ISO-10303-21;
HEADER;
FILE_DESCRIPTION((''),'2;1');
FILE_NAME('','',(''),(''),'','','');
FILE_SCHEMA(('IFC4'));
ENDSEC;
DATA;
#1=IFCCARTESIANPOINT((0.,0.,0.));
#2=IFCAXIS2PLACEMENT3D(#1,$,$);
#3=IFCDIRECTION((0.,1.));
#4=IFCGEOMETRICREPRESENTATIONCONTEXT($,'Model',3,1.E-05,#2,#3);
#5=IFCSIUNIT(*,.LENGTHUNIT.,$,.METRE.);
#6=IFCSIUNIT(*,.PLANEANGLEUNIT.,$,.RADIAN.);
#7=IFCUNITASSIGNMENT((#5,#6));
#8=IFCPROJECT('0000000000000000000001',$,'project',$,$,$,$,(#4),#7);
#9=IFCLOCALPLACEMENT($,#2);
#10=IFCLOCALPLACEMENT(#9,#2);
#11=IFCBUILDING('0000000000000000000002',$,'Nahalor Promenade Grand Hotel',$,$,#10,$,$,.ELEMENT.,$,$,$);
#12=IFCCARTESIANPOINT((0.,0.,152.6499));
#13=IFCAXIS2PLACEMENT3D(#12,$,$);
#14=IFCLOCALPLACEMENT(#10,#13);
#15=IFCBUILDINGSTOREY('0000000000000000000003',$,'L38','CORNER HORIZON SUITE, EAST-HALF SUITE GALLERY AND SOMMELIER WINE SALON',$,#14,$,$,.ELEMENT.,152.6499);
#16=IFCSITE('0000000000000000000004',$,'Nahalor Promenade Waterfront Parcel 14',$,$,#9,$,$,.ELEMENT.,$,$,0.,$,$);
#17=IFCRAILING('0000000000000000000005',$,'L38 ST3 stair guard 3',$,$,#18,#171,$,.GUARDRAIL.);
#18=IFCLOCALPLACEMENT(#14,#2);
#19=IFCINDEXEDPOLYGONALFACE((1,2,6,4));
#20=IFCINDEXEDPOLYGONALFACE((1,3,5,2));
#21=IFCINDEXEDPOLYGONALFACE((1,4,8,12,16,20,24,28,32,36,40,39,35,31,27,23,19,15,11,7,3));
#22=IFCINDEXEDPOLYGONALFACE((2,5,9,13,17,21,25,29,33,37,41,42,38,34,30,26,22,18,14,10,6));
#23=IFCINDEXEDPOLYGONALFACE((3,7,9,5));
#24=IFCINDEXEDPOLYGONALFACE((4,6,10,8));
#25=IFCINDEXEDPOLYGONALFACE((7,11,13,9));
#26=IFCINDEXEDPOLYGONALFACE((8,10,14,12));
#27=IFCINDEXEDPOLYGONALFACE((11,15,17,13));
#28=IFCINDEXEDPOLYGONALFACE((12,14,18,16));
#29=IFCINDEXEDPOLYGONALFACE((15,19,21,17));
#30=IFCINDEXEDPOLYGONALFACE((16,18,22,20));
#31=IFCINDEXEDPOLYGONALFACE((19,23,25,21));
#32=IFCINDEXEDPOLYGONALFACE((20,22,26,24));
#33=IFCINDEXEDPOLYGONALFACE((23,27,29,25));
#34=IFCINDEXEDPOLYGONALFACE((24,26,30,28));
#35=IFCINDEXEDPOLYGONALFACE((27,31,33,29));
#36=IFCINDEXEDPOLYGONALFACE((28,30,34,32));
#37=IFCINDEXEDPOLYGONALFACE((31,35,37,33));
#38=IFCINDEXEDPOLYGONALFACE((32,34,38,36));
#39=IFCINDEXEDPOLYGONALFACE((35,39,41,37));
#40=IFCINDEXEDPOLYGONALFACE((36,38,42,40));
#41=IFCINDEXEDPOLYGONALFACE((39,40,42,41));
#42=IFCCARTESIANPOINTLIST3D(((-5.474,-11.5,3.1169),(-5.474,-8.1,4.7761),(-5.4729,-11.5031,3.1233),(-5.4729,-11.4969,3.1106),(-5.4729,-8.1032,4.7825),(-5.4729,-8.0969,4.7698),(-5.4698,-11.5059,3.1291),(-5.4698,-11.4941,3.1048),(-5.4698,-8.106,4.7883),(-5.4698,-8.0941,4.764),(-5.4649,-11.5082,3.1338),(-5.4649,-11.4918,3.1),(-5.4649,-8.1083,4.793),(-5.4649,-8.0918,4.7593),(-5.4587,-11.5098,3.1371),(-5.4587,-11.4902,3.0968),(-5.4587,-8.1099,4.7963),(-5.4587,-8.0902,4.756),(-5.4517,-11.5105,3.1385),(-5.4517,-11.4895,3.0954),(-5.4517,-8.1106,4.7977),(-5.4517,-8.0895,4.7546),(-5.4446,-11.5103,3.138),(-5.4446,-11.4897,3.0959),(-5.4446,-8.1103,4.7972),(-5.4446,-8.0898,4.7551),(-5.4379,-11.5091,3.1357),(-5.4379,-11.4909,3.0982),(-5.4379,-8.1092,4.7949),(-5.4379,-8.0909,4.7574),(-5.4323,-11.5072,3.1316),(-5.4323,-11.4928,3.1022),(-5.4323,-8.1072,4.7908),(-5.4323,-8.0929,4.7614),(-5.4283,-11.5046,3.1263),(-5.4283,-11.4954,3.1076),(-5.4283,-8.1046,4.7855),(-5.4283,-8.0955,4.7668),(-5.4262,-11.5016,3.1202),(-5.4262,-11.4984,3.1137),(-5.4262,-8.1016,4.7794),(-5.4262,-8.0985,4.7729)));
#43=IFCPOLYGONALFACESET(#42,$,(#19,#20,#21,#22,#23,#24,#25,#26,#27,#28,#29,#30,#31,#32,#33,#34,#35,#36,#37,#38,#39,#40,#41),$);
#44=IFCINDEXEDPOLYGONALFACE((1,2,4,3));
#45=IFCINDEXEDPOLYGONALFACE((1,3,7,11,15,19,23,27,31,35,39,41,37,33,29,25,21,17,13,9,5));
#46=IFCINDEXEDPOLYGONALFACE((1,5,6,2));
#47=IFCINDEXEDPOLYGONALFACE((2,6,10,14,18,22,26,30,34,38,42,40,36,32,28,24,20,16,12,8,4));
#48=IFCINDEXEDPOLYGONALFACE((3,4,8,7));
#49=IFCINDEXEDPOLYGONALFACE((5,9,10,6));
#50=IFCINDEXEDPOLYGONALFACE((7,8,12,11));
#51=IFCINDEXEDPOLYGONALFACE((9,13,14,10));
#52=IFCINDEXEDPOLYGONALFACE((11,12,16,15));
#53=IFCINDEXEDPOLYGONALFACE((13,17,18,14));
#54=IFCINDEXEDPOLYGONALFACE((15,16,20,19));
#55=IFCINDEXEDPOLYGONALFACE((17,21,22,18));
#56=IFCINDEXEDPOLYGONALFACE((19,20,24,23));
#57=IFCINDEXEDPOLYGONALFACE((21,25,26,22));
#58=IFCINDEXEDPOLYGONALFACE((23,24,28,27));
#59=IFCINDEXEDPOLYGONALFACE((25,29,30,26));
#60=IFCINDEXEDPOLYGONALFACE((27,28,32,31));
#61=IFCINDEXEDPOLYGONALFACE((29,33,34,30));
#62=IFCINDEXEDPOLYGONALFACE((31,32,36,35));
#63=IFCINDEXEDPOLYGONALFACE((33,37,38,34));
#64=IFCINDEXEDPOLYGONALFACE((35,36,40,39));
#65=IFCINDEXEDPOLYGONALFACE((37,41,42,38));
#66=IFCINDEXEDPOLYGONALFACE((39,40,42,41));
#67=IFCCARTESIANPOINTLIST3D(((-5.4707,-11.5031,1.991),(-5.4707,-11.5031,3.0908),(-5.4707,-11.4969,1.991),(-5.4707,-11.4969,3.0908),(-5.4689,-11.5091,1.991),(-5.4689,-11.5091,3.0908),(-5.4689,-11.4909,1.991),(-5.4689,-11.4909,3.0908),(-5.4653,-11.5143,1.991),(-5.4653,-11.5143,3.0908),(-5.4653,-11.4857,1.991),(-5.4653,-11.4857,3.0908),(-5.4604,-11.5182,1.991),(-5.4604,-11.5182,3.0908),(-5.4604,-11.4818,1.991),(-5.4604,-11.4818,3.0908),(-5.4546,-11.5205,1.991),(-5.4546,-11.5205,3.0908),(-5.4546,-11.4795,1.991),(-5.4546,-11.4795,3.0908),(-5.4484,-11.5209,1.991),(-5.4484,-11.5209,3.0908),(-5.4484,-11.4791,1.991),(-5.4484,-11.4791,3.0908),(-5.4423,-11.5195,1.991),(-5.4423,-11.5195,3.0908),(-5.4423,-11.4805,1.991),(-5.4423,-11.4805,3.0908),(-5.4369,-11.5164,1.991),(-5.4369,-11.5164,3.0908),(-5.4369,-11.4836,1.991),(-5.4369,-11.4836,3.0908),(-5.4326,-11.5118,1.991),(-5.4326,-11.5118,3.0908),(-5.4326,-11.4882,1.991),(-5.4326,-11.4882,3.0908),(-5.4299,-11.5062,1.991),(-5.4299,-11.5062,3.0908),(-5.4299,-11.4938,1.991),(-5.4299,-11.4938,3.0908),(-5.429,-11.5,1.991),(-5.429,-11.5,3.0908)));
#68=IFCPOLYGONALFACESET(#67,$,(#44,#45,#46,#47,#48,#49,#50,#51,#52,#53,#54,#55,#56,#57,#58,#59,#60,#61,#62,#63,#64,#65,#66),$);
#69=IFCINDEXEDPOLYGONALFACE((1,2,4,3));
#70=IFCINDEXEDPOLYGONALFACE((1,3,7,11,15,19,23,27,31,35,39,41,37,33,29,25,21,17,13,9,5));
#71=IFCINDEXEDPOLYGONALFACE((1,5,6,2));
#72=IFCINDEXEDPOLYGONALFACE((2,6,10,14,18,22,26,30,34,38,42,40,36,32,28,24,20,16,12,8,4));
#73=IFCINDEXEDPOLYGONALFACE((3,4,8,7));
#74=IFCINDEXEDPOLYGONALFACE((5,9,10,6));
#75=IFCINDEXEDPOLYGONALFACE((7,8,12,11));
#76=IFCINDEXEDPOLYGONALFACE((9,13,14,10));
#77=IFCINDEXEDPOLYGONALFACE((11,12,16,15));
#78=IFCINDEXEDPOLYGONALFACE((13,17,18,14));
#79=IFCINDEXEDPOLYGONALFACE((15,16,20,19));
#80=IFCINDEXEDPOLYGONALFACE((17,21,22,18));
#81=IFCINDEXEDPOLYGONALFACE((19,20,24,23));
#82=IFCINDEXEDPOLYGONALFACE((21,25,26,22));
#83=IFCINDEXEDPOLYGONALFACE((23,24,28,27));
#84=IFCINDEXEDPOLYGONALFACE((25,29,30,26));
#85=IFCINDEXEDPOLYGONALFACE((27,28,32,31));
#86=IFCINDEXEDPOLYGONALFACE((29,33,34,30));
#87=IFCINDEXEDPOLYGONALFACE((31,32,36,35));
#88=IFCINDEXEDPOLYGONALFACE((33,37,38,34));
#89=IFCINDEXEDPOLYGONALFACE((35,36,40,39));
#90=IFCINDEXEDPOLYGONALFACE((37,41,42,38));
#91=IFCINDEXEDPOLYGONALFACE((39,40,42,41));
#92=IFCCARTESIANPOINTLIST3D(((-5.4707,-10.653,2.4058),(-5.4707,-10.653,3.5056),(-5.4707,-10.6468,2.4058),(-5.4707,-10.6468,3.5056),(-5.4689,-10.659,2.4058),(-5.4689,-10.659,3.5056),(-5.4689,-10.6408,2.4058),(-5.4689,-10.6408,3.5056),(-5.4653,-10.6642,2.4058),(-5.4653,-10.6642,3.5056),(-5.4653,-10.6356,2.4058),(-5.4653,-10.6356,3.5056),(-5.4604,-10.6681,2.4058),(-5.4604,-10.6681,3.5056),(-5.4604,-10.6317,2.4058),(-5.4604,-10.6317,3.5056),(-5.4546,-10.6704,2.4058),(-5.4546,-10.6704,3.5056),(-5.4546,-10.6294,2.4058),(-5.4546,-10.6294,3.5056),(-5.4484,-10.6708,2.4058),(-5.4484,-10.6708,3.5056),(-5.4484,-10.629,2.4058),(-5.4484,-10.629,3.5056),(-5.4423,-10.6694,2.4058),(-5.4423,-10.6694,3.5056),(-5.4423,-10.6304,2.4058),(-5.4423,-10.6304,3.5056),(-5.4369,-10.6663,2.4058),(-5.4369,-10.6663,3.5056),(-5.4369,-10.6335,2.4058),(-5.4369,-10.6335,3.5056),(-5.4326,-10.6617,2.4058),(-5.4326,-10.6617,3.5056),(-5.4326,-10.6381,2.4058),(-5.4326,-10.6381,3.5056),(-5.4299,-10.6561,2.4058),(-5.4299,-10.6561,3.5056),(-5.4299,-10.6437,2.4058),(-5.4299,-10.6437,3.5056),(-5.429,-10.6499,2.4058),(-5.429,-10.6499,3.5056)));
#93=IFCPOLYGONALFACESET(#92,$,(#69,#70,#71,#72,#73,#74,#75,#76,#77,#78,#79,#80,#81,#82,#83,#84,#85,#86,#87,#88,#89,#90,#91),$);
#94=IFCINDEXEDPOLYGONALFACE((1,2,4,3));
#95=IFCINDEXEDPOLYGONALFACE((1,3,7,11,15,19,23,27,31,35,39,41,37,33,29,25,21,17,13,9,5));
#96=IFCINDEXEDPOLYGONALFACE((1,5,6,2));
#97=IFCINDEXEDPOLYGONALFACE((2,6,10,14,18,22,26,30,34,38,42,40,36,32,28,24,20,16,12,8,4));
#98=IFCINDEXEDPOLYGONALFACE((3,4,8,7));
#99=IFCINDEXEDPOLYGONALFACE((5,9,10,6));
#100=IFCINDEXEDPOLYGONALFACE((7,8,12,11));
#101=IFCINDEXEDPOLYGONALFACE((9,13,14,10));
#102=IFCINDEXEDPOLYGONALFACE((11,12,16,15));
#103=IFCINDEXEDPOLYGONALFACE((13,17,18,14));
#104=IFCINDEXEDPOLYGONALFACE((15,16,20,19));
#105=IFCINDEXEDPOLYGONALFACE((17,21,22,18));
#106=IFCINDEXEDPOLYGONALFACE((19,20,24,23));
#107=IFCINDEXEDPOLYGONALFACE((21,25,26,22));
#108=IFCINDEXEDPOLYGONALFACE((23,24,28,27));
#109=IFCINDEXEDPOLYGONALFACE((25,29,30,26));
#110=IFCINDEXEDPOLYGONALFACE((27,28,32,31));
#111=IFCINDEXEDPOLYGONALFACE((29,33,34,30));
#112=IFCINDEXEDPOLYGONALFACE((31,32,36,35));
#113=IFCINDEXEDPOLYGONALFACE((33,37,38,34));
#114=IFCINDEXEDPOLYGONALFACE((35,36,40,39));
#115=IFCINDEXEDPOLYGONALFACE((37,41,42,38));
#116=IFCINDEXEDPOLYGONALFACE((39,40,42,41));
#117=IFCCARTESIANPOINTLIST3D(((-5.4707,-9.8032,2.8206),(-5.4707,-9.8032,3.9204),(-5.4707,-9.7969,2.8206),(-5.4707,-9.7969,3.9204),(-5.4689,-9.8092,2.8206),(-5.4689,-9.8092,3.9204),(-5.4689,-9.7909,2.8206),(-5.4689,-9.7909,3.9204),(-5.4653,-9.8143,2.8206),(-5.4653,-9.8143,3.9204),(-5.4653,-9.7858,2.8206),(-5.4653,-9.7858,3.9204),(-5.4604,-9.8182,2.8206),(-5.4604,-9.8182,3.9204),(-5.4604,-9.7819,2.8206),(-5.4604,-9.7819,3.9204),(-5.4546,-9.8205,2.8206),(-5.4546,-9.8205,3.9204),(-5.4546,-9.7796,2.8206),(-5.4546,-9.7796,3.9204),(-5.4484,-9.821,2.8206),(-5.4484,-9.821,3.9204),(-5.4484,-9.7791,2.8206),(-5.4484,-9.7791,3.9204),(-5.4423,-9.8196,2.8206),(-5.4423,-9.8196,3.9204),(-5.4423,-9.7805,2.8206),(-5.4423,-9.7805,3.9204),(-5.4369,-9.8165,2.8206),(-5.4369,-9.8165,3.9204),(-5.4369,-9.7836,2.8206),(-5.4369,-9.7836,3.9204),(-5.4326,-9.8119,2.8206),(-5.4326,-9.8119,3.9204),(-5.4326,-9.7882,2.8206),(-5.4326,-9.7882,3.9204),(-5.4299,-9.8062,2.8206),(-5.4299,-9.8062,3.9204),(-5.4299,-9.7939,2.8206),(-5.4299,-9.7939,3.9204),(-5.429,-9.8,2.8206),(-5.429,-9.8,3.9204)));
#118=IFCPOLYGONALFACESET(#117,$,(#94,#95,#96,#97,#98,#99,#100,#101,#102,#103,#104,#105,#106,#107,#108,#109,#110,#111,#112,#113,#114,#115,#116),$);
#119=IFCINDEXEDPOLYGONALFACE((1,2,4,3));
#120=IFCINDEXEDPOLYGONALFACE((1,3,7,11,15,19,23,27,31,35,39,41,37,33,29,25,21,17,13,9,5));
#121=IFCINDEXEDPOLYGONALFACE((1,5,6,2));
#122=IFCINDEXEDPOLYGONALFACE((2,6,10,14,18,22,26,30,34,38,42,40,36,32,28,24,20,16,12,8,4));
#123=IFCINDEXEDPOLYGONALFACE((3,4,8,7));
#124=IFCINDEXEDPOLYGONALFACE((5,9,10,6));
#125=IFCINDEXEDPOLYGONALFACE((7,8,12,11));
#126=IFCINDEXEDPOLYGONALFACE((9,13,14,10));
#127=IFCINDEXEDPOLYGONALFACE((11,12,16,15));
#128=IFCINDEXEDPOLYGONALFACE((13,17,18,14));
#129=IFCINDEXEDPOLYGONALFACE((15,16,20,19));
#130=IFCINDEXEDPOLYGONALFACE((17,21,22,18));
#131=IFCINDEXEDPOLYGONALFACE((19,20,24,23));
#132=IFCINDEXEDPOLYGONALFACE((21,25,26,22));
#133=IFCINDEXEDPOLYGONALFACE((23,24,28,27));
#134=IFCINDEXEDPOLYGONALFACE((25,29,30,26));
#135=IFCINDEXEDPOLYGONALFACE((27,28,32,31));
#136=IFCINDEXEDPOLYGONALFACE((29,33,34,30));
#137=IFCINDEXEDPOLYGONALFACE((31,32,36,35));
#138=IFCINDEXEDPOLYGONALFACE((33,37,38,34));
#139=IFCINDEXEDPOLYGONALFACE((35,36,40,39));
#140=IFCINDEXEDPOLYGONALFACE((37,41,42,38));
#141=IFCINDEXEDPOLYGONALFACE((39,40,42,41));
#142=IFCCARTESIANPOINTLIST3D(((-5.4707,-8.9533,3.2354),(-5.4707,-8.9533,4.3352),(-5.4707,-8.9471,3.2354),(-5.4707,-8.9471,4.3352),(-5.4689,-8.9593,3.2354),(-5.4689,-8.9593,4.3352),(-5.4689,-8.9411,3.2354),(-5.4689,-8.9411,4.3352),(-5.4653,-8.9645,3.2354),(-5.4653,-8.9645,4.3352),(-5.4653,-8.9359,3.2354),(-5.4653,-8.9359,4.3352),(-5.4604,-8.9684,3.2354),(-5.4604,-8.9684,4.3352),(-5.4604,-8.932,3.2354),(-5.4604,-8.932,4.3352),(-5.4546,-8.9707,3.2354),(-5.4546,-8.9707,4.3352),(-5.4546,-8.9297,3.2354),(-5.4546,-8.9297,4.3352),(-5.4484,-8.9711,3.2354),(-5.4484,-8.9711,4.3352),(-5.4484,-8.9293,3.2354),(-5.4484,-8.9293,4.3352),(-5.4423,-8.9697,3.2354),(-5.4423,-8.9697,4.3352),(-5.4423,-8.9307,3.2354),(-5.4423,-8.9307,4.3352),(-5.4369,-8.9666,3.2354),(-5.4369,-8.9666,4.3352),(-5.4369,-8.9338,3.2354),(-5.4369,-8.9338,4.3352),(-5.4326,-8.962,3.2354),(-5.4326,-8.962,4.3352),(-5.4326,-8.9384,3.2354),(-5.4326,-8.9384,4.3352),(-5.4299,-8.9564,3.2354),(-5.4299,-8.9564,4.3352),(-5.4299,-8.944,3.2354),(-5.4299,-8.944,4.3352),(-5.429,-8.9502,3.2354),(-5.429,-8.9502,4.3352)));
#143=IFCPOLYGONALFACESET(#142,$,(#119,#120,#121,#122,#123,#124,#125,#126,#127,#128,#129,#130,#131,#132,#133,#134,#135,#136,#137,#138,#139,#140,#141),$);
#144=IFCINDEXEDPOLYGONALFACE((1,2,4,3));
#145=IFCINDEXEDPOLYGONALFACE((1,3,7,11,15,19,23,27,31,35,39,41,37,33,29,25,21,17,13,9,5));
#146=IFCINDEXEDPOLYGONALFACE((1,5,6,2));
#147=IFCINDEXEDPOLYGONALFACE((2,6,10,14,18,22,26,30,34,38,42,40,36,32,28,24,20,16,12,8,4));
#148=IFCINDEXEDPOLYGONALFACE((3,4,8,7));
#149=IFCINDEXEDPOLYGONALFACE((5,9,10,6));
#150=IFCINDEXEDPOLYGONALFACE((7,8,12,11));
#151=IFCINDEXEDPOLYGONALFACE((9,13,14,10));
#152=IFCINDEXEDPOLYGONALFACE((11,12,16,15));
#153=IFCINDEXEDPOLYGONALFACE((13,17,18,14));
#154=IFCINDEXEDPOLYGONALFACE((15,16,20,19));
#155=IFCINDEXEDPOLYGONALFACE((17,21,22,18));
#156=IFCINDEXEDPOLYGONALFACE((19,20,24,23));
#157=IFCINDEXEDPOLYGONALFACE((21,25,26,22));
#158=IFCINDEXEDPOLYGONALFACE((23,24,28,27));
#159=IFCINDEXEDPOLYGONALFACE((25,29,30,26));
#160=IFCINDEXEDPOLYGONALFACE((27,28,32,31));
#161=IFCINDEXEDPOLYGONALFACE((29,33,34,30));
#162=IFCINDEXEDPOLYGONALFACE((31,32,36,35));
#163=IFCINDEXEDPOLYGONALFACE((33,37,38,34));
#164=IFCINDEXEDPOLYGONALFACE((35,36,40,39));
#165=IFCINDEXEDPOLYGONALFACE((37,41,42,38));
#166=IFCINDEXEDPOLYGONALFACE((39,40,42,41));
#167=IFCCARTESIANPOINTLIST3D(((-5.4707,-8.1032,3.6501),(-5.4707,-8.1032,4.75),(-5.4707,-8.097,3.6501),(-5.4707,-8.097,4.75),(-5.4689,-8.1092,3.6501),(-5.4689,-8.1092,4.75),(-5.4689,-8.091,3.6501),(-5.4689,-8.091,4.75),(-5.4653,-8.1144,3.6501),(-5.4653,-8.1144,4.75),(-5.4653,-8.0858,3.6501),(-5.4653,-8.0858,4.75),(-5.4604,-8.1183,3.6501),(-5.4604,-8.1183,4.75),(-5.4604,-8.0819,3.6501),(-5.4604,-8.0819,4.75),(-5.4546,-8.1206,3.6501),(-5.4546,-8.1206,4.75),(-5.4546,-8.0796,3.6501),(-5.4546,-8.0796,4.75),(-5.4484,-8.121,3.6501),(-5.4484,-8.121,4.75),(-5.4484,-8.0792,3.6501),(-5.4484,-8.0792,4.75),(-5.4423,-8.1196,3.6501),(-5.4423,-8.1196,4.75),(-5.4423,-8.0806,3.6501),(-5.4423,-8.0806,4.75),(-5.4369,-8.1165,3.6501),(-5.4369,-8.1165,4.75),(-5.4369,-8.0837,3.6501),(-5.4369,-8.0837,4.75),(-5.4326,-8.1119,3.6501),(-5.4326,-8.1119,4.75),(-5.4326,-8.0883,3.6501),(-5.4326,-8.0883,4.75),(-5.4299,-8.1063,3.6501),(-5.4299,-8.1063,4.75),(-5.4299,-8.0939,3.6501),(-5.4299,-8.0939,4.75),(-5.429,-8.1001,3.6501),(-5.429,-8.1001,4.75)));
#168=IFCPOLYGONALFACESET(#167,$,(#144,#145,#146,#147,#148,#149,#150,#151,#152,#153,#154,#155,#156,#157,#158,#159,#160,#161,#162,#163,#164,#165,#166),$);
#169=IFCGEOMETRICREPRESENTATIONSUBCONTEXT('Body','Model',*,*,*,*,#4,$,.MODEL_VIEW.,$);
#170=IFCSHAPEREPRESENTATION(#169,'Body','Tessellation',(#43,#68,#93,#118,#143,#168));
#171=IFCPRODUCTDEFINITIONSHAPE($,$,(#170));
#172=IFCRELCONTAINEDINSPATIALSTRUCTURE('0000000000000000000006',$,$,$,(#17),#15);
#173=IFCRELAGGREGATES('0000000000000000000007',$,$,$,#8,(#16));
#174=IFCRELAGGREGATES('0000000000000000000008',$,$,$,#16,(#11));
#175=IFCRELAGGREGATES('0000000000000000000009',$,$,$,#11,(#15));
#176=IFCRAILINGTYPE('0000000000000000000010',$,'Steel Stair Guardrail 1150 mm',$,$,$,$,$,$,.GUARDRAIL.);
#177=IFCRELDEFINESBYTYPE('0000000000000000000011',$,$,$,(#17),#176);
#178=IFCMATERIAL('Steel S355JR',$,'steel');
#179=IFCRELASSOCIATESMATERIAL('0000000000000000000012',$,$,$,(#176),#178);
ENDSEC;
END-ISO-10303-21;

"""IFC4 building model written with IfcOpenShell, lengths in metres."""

from ifc_helpers import new_model, si_unit, direction, frame, origin, origin_2d, place, context, subcontext, project, spatial, circle, extrude, material, type_object, element, save


model = new_model("IFC4")

# Units and contexts
model_context = context("Model", 3, precision=1e-05, world=origin(), true_north=direction((0.0, 1.0)))
body_context = subcontext(model_context, "Body", "Model", "MODEL_VIEW")
ifc_project = project(units=[si_unit("LENGTHUNIT", "METRE"), si_unit("PLANEANGLEUNIT", "RADIAN")], contexts=[model_context])

# Site, building, storey
site_placement = place(None, origin())
site = spatial("IfcSite", under=ifc_project, at=site_placement, Name="Nahalor Promenade Waterfront Parcel 14", CompositionType="ELEMENT", RefElevation=0.0)
building_placement = place(site_placement, origin())
building = spatial("IfcBuilding", under=site, at=building_placement, Name="Nahalor Promenade Grand Hotel", CompositionType="ELEMENT")
storey_placement = place(building_placement, frame((0.0, 0.0, 152.6499)))
storey = spatial("IfcBuildingStorey", under=building, at=storey_placement, Name="L38", Description="CORNER HORIZON SUITE, EAST-HALF SUITE GALLERY AND SOMMELIER WINE SALON", CompositionType="ELEMENT", Elevation=152.6499)

# Shared definitions
ifc_material_1 = material(Name="Steel S355JR", Category="steel")

# Railing
railing_type_1 = type_object("IfcRailingType", Name="Steel Stair Guardrail 1150 mm", PredefinedType="GUARDRAIL", material=ifc_material_1)
railing_1_placement = place(storey_placement, frame((-5.45, -11.5, 1.991)))
element("IfcRailing", 1, at=railing_1_placement, inside=storey, type_object=railing_type_1, Name="L38 ST3 stair guard 3", PredefinedType="GUARDRAIL", context=body_context, shape_type="SweptSolid", body=[
    extrude(circle(Radius=0.024, at=origin_2d()), frame((0.0, 0.0, 1.126), z_axis=(0.0, 0.898696, 0.438571), x_axis=(-1.0, 0.0, 0.0)), (0.0, 0.0, 1.0), 3.7832),
    extrude(circle(Radius=0.021, at=origin_2d()), origin(), (0.0, 0.0, 1.0), 1.0999),
    extrude(circle(Radius=0.021, at=origin_2d()), frame((0.0, 0.8501, 0.4148)), (0.0, 0.0, 1.0), 1.0999),
    extrude(circle(Radius=0.021, at=origin_2d()), frame((0.0, 1.7, 0.8296)), (0.0, 0.0, 1.0), 1.0999),
    extrude(circle(Radius=0.021, at=origin_2d()), frame((0.0, 2.5498, 1.2444)), (0.0, 0.0, 1.0), 1.0999),
    extrude(circle(Radius=0.021, at=origin_2d()), frame((0.0, 3.3999, 1.6592)), (0.0, 0.0, 1.0), 1.0999),
])

save(model, "model.ifc")
